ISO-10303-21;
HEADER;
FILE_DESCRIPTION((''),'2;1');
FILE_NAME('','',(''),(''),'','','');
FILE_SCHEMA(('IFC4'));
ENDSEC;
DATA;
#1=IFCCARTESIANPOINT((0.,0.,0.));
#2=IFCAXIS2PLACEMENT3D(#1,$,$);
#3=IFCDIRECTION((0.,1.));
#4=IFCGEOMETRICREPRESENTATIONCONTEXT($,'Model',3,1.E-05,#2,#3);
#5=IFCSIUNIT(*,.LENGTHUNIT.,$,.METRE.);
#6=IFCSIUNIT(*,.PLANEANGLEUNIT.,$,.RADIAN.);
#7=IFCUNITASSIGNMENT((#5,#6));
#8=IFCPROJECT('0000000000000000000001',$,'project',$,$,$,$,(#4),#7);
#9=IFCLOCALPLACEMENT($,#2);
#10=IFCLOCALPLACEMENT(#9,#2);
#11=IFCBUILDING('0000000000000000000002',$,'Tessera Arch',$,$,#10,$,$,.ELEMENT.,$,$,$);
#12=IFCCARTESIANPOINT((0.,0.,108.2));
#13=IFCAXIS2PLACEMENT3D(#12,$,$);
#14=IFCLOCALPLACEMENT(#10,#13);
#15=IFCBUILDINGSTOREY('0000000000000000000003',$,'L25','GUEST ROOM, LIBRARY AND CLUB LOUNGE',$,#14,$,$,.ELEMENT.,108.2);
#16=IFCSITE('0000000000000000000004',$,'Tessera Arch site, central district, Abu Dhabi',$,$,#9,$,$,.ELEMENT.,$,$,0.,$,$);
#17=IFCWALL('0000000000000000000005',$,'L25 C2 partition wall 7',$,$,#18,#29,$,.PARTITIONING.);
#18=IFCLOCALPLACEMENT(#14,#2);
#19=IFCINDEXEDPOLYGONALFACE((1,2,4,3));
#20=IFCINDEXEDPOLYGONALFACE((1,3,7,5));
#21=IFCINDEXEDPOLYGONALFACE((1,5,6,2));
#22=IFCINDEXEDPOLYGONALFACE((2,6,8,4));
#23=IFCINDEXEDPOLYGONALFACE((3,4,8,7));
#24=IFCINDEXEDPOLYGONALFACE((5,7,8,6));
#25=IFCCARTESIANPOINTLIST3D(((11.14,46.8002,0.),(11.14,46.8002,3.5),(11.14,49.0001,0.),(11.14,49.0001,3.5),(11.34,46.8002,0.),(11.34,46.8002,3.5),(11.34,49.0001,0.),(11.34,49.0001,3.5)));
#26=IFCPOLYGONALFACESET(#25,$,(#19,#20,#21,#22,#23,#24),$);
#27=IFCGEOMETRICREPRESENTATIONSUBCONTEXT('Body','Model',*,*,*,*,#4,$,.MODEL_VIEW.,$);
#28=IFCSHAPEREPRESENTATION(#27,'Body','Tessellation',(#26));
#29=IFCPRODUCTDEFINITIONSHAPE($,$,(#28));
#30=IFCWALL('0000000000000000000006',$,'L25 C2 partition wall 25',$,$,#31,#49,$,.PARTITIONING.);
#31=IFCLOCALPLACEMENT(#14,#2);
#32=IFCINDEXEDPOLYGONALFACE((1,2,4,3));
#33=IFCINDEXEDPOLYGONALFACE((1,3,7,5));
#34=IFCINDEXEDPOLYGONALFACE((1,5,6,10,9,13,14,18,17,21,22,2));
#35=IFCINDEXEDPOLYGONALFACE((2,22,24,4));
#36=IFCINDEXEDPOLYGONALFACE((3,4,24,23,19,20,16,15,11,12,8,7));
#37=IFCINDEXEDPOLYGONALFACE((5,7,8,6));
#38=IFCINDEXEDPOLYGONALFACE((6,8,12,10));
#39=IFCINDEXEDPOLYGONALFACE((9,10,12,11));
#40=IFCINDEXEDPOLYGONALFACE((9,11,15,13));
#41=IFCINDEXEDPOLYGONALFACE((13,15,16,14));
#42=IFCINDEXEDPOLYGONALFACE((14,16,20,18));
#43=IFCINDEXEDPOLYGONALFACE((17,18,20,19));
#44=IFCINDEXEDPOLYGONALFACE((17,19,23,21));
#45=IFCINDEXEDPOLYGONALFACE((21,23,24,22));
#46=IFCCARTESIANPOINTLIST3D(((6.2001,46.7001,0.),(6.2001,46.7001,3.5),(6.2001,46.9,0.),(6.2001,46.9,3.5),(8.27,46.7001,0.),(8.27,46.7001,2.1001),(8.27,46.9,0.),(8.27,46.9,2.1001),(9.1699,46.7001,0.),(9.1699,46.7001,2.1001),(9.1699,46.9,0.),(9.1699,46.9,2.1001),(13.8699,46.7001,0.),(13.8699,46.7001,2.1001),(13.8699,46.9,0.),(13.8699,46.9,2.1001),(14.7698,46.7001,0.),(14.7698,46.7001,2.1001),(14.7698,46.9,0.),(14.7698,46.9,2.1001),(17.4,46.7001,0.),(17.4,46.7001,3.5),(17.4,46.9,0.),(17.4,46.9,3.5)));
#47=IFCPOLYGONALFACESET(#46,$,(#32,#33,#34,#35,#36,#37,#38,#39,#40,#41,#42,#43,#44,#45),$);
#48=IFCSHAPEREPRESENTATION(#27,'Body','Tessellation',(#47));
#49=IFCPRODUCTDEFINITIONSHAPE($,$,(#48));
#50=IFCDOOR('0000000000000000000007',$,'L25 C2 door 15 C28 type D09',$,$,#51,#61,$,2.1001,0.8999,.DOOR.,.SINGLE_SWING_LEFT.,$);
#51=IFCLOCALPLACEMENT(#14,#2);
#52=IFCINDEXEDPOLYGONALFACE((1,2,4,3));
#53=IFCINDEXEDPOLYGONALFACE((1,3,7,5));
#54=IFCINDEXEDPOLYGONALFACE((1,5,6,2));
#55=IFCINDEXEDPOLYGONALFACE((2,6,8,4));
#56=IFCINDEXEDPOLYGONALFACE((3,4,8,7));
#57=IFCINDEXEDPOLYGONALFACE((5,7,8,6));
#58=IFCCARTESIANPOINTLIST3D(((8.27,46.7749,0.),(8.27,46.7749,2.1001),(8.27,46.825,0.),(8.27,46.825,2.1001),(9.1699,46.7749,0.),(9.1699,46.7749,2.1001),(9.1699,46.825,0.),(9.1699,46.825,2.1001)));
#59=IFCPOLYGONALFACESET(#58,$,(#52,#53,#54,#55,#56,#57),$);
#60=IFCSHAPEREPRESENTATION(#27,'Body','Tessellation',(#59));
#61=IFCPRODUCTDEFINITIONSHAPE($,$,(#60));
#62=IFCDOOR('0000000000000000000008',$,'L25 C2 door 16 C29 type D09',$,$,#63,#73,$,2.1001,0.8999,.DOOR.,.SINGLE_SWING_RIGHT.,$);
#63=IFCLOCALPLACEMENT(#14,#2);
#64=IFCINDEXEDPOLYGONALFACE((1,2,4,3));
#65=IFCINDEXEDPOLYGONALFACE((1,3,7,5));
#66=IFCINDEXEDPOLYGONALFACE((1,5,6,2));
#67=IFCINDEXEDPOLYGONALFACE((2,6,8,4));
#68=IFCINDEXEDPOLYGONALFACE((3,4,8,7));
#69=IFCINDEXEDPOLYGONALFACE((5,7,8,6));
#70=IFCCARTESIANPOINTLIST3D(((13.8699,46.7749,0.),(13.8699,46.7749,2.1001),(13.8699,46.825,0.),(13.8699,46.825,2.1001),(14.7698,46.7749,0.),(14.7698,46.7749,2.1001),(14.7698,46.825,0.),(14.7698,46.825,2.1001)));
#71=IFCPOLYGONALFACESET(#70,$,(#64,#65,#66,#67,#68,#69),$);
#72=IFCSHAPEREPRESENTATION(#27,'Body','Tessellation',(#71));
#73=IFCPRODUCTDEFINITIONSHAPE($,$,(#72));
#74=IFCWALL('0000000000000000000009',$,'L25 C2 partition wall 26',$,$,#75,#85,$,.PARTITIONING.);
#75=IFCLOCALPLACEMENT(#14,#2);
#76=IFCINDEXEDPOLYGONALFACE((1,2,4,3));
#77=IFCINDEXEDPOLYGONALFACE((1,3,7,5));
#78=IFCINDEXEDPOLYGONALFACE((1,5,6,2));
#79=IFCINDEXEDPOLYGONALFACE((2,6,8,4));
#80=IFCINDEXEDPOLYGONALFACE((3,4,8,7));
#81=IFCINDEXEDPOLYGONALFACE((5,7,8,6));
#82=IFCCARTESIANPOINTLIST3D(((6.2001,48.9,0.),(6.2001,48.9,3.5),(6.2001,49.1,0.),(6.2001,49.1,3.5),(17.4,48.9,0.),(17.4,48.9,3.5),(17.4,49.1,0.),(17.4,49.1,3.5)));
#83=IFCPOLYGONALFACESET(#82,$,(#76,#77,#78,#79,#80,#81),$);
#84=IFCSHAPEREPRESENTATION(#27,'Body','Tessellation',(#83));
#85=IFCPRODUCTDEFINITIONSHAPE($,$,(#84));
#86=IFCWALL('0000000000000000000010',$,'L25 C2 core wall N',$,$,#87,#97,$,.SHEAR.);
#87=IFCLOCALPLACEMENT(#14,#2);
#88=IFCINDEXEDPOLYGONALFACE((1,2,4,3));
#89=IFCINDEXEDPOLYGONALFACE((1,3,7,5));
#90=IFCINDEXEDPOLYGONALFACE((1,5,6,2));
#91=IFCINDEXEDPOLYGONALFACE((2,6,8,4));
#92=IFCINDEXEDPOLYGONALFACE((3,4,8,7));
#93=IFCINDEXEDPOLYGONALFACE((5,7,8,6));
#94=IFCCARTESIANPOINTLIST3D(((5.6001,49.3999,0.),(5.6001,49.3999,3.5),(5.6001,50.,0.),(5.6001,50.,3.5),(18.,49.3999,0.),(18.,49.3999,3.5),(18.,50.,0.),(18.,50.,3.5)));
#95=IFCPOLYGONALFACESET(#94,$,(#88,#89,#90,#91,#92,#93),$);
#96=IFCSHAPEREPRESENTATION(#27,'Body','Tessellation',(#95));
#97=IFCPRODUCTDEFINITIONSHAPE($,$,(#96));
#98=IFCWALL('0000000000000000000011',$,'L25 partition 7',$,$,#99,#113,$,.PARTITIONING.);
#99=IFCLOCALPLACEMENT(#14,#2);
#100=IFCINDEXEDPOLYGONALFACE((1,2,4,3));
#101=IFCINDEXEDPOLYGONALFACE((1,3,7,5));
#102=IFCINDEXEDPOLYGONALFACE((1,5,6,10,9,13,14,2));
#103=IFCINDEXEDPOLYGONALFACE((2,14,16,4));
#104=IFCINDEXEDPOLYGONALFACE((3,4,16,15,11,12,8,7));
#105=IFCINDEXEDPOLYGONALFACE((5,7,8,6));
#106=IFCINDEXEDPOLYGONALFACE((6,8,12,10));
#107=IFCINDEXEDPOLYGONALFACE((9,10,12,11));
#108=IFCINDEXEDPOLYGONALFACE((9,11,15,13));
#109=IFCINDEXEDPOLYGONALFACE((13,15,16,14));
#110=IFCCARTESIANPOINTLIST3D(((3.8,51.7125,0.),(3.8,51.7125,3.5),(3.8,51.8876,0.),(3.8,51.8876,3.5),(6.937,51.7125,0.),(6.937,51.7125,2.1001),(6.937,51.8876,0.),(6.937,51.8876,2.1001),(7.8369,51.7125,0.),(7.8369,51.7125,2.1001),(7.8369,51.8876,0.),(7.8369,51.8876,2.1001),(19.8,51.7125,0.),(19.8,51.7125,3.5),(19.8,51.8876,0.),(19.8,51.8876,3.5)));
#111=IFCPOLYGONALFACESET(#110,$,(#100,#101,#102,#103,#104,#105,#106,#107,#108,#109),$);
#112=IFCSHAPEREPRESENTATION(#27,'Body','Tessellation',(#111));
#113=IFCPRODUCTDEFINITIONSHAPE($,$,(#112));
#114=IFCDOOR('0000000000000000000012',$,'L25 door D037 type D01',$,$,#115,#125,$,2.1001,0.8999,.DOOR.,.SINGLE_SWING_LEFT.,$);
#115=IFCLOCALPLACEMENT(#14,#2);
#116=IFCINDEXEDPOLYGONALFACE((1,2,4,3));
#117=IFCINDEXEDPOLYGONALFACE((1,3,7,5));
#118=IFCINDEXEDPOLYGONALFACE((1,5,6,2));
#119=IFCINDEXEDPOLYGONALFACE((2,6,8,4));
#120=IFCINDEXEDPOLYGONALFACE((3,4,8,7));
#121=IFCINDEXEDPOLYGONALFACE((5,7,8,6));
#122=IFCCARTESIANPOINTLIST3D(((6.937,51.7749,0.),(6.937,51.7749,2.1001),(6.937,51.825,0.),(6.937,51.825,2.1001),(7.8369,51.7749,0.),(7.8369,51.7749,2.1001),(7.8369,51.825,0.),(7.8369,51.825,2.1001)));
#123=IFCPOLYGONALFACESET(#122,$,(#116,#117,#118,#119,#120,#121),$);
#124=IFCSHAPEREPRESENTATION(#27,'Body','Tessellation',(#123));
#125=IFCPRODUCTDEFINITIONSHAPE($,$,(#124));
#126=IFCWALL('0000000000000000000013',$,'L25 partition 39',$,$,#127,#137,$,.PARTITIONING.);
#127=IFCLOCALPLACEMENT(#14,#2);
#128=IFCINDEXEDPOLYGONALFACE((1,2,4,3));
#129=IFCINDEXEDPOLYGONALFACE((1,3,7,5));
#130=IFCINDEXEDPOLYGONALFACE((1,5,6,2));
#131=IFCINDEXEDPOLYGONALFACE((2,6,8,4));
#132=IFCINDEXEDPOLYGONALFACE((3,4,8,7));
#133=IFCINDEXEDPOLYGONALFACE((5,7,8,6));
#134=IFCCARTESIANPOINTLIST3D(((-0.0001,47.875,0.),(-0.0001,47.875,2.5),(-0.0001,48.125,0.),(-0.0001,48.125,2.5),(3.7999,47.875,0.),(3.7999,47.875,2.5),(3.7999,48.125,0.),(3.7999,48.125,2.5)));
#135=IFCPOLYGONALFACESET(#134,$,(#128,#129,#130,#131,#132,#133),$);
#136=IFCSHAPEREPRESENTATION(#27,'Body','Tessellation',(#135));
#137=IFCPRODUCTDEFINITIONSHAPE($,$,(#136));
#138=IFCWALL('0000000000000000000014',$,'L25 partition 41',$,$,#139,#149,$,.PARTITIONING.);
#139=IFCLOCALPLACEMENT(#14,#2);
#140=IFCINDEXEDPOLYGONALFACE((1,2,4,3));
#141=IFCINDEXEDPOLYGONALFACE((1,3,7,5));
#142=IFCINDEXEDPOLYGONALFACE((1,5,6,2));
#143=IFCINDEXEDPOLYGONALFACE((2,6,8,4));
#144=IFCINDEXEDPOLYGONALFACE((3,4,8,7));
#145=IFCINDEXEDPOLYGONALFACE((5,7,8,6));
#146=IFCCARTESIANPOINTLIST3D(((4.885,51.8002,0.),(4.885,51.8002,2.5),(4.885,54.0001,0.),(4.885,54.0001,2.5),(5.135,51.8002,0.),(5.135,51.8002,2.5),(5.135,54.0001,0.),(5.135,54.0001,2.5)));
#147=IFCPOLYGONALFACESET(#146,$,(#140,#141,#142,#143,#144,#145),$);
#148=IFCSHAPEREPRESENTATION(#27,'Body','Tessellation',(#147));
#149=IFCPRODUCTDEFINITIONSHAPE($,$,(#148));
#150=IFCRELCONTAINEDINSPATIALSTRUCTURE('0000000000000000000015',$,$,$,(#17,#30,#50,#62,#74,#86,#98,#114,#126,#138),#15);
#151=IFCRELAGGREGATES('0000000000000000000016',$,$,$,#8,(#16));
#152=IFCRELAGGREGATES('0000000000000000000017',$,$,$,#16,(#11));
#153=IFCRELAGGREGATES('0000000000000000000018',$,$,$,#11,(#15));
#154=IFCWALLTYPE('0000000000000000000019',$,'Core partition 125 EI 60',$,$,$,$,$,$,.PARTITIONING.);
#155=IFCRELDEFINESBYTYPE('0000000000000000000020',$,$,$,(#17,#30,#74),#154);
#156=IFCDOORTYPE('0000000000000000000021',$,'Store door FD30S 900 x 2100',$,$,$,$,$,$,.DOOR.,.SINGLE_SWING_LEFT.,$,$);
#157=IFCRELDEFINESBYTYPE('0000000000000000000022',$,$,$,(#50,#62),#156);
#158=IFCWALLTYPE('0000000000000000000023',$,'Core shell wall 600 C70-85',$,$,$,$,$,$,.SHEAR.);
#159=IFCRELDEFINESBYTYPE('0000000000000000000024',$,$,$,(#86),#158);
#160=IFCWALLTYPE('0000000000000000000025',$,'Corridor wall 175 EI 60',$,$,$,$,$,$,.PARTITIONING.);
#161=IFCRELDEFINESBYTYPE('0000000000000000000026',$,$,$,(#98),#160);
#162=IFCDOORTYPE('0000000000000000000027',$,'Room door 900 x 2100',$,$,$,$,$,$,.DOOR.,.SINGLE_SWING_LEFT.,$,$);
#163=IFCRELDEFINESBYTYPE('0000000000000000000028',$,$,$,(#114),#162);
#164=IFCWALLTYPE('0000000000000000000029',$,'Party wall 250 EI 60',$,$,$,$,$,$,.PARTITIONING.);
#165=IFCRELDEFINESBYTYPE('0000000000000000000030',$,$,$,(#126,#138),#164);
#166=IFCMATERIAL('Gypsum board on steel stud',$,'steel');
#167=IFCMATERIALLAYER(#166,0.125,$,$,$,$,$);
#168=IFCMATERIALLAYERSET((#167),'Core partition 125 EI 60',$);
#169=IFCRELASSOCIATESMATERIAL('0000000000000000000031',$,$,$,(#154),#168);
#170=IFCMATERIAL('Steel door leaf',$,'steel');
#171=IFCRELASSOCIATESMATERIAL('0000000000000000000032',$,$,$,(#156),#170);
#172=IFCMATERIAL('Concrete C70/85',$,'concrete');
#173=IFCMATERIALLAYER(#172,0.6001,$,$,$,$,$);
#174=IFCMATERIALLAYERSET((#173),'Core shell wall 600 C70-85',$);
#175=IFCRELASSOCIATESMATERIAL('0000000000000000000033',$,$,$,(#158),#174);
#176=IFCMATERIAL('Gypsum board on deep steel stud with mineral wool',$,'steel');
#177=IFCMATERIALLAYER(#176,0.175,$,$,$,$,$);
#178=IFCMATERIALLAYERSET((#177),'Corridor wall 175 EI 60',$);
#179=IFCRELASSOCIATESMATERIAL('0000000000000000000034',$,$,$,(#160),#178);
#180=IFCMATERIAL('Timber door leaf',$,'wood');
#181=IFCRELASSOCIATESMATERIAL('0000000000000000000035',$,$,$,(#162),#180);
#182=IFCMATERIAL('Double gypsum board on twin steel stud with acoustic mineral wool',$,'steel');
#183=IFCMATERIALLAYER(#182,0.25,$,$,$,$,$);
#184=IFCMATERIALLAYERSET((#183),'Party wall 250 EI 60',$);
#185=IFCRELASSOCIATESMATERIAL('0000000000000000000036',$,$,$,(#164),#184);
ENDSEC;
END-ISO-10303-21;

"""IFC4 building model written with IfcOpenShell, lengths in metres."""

from ifc_helpers import new_model, si_unit, direction, frame, frame_2d, origin, place, context, subcontext, project, spatial, rectangle, extrude, material, layer, layer_set, type_object, element, fill, save


model = new_model("IFC4")

# Units and contexts
model_context = context("Model", 3, precision=1e-05, world=origin(), true_north=direction((0.0, 1.0)))
body_context = subcontext(model_context, "Body", "Model", "MODEL_VIEW")
ifc_project = project(units=[si_unit("LENGTHUNIT", "METRE"), si_unit("PLANEANGLEUNIT", "RADIAN")], contexts=[model_context])

# Site, building, storey
site_placement = place(None, origin())
site = spatial("IfcSite", under=ifc_project, at=site_placement, Name="Tessera Arch site, central district, Abu Dhabi", CompositionType="ELEMENT", RefElevation=0.0)
building_placement = place(site_placement, origin())
building = spatial("IfcBuilding", under=site, at=building_placement, Name="Tessera Arch", CompositionType="ELEMENT")
storey_placement = place(building_placement, frame((0.0, 0.0, 108.2)))
storey = spatial("IfcBuildingStorey", under=building, at=storey_placement, Name="L25", Description="GUEST ROOM, LIBRARY AND CLUB LOUNGE", CompositionType="ELEMENT", Elevation=108.2)

# Wall
ifc_material_1 = material(Name="Gypsum board on steel stud", Category="steel")
ifc_layer_1 = layer(ifc_material_1, 0.125)
ifc_layer_set_1 = layer_set([ifc_layer_1], Name="Core partition 125 EI 60")
wall_type_1 = type_object("IfcWallType", Name="Core partition 125 EI 60", PredefinedType="PARTITIONING", material=ifc_layer_set_1)
wall_1_placement = place(storey_placement, frame((11.24, 46.8, 0.0), z_axis=(0.0, 0.0, 1.0), x_axis=(0.0, 1.0, 0.0)))
element("IfcWall", 1, at=wall_1_placement, inside=storey, type_object=wall_type_1, Name="L25 C2 partition wall 7", PredefinedType="PARTITIONING", context=body_context, shape_type="SweptSolid", body=[
    extrude(rectangle(XDim=2.2, YDim=0.2, at=frame_2d((1.1001, 0.0))), origin(), (0.0, 0.0, 1.0), 3.5),
])

# Wall, openings, doors
wall_2_placement = place(storey_placement, frame((6.2, 46.8, 0.0), z_axis=(0.0, 0.0, 1.0), x_axis=(1.0, 0.0, 0.0)))
wall_2 = element("IfcWall", 2, at=wall_2_placement, inside=storey, type_object=wall_type_1, Name="L25 C2 partition wall 25", PredefinedType="PARTITIONING", context=body_context, shape_type="SweptSolid", body=[
    extrude(rectangle(XDim=11.2, YDim=0.2, at=frame_2d((5.6001, 0.0))), origin(), (0.0, 0.0, 1.0), 3.5),
])
opening_1_placement = place(wall_2_placement, frame((2.0701, 0.0, 0.0)))
opening_1 = element("IfcOpeningElement", 3, at=opening_1_placement, cuts=wall_2, PredefinedType="OPENING", context=body_context, shape_type="SweptSolid", body=[
    extrude(rectangle(XDim=0.8999, YDim=2.1001, at=frame_2d((0.45, 1.05))), frame((0.0, 0.1099, 0.0), z_axis=(0.0, -1.0, 0.0), x_axis=(1.0, 0.0, 0.0)), (0.0, 0.0, 1.0), 0.22),
])
opening_2_placement = place(wall_2_placement, frame((7.6699, 0.0, 0.0)))
opening_2 = element("IfcOpeningElement", 4, at=opening_2_placement, cuts=wall_2, PredefinedType="OPENING", context=body_context, shape_type="SweptSolid", body=[
    extrude(rectangle(XDim=0.8999, YDim=2.1001, at=frame_2d((0.45, 1.05))), frame((0.0, 0.1099, 0.0), z_axis=(0.0, -1.0, 0.0), x_axis=(1.0, 0.0, 0.0)), (0.0, 0.0, 1.0), 0.22),
])
ifc_material_2 = material(Name="Steel door leaf", Category="steel")
door_type_1 = type_object("IfcDoorType", Name="Store door FD30S 900 x 2100", OperationType="SINGLE_SWING_LEFT", PredefinedType="DOOR", material=ifc_material_2)
door_1_placement = place(opening_1_placement, origin())
door_1 = element("IfcDoor", 5, at=door_1_placement, inside=storey, type_object=door_type_1, Name="L25 C2 door 15 C28 type D09", OperationType="SINGLE_SWING_LEFT", OverallHeight=2.1001, OverallWidth=0.8999, PredefinedType="DOOR", context=body_context, shape_type="SweptSolid", body=[
    extrude(rectangle(XDim=0.8999, YDim=2.1001, at=frame_2d((0.45, 1.05))), frame((0.0, 0.0249, 0.0), z_axis=(0.0, -1.0, 0.0), x_axis=(1.0, 0.0, 0.0)), (0.0, 0.0, 1.0), 0.05),
])
fill(opening_1, door_1)
door_2_placement = place(opening_2_placement, origin())
door_2 = element("IfcDoor", 6, at=door_2_placement, inside=storey, type_object=door_type_1, Name="L25 C2 door 16 C29 type D09", OperationType="SINGLE_SWING_RIGHT", OverallHeight=2.1001, OverallWidth=0.8999, PredefinedType="DOOR", context=body_context, shape_type="SweptSolid", body=[
    extrude(rectangle(XDim=0.8999, YDim=2.1001, at=frame_2d((0.45, 1.05))), frame((0.0, 0.0249, 0.0), z_axis=(0.0, -1.0, 0.0), x_axis=(1.0, 0.0, 0.0)), (0.0, 0.0, 1.0), 0.05),
])
fill(opening_2, door_2)

# Walls
wall_3_placement = place(storey_placement, frame((6.2, 49.0, 0.0), z_axis=(0.0, 0.0, 1.0), x_axis=(1.0, 0.0, 0.0)))
element("IfcWall", 7, at=wall_3_placement, inside=storey, type_object=wall_type_1, Name="L25 C2 partition wall 26", PredefinedType="PARTITIONING", context=body_context, shape_type="SweptSolid", body=[
    extrude(rectangle(XDim=11.2, YDim=0.2, at=frame_2d((5.6001, 0.0))), origin(), (0.0, 0.0, 1.0), 3.5),
])
ifc_material_3 = material(Name="Concrete C70/85", Category="concrete")
ifc_layer_2 = layer(ifc_material_3, 0.6001)
ifc_layer_set_2 = layer_set([ifc_layer_2], Name="Core shell wall 600 C70-85")
wall_type_2 = type_object("IfcWallType", Name="Core shell wall 600 C70-85", PredefinedType="SHEAR", material=ifc_layer_set_2)
wall_4_placement = place(storey_placement, frame((5.6001, 49.7, 0.0), z_axis=(0.0, 0.0, 1.0), x_axis=(1.0, 0.0, 0.0)))
element("IfcWall", 8, at=wall_4_placement, inside=storey, type_object=wall_type_2, Name="L25 C2 core wall N", PredefinedType="SHEAR", context=body_context, shape_type="SweptSolid", body=[
    extrude(rectangle(XDim=12.3999, YDim=0.6001, at=frame_2d((6.2, 0.0))), origin(), (0.0, 0.0, 1.0), 3.5),
])

# Wall, opening, door
ifc_material_4 = material(Name="Gypsum board on deep steel stud with mineral wool", Category="steel")
ifc_layer_3 = layer(ifc_material_4, 0.175)
ifc_layer_set_3 = layer_set([ifc_layer_3], Name="Corridor wall 175 EI 60")
wall_type_3 = type_object("IfcWallType", Name="Corridor wall 175 EI 60", PredefinedType="PARTITIONING", material=ifc_layer_set_3)
wall_5_placement = place(storey_placement, frame((3.8, 51.8, 0.0), z_axis=(0.0, 0.0, 1.0), x_axis=(1.0, 0.0, 0.0)))
wall_5 = element("IfcWall", 9, at=wall_5_placement, inside=storey, type_object=wall_type_3, Name="L25 partition 7", PredefinedType="PARTITIONING", context=body_context, shape_type="SweptSolid", body=[
    extrude(rectangle(XDim=16.0, YDim=0.175, at=frame_2d((8.0, 0.0))), origin(), (0.0, 0.0, 1.0), 3.5),
])
opening_3_placement = place(wall_5_placement, frame((3.137, 0.0, 0.0)))
opening_3 = element("IfcOpeningElement", 10, at=opening_3_placement, cuts=wall_5, PredefinedType="OPENING", context=body_context, shape_type="SweptSolid", body=[
    extrude(rectangle(XDim=0.8999, YDim=2.1001, at=frame_2d((0.45, 1.05))), frame((0.0, 0.0974, 0.0), z_axis=(0.0, -1.0, 0.0), x_axis=(1.0, 0.0, 0.0)), (0.0, 0.0, 1.0), 0.1951),
])
ifc_material_5 = material(Name="Timber door leaf", Category="wood")
door_type_2 = type_object("IfcDoorType", Name="Room door 900 x 2100", OperationType="SINGLE_SWING_LEFT", PredefinedType="DOOR", material=ifc_material_5)
door_3_placement = place(opening_3_placement, origin())
door_3 = element("IfcDoor", 11, at=door_3_placement, inside=storey, type_object=door_type_2, Name="L25 door D037 type D01", OperationType="SINGLE_SWING_LEFT", OverallHeight=2.1001, OverallWidth=0.8999, PredefinedType="DOOR", context=body_context, shape_type="SweptSolid", body=[
    extrude(rectangle(XDim=0.8999, YDim=2.1001, at=frame_2d((0.45, 1.05))), frame((0.0, 0.0249, 0.0), z_axis=(0.0, -1.0, 0.0), x_axis=(1.0, 0.0, 0.0)), (0.0, 0.0, 1.0), 0.05),
])
fill(opening_3, door_3)

# Walls
ifc_material_6 = material(Name="Double gypsum board on twin steel stud with acoustic mineral wool", Category="steel")
ifc_layer_4 = layer(ifc_material_6, 0.25)
ifc_layer_set_4 = layer_set([ifc_layer_4], Name="Party wall 250 EI 60")
wall_type_4 = type_object("IfcWallType", Name="Party wall 250 EI 60", PredefinedType="PARTITIONING", material=ifc_layer_set_4)
wall_6_placement = place(storey_placement, frame((0.0, 48.0, 0.0), z_axis=(0.0, 0.0, 1.0), x_axis=(1.0, 0.0, 0.0)))
element("IfcWall", 12, at=wall_6_placement, inside=storey, type_object=wall_type_4, Name="L25 partition 39", PredefinedType="PARTITIONING", context=body_context, shape_type="SweptSolid", body=[
    extrude(rectangle(XDim=3.8, YDim=0.25, at=frame_2d((1.8999, 0.0))), origin(), (0.0, 0.0, 1.0), 2.5),
])
wall_7_placement = place(storey_placement, frame((5.01, 51.8, 0.0), z_axis=(0.0, 0.0, 1.0), x_axis=(0.0, 1.0, 0.0)))
element("IfcWall", 13, at=wall_7_placement, inside=storey, type_object=wall_type_4, Name="L25 partition 41", PredefinedType="PARTITIONING", context=body_context, shape_type="SweptSolid", body=[
    extrude(rectangle(XDim=2.2, YDim=0.25, at=frame_2d((1.1001, 0.0))), origin(), (0.0, 0.0, 1.0), 2.5),
])

save(model, "model.ifc")
